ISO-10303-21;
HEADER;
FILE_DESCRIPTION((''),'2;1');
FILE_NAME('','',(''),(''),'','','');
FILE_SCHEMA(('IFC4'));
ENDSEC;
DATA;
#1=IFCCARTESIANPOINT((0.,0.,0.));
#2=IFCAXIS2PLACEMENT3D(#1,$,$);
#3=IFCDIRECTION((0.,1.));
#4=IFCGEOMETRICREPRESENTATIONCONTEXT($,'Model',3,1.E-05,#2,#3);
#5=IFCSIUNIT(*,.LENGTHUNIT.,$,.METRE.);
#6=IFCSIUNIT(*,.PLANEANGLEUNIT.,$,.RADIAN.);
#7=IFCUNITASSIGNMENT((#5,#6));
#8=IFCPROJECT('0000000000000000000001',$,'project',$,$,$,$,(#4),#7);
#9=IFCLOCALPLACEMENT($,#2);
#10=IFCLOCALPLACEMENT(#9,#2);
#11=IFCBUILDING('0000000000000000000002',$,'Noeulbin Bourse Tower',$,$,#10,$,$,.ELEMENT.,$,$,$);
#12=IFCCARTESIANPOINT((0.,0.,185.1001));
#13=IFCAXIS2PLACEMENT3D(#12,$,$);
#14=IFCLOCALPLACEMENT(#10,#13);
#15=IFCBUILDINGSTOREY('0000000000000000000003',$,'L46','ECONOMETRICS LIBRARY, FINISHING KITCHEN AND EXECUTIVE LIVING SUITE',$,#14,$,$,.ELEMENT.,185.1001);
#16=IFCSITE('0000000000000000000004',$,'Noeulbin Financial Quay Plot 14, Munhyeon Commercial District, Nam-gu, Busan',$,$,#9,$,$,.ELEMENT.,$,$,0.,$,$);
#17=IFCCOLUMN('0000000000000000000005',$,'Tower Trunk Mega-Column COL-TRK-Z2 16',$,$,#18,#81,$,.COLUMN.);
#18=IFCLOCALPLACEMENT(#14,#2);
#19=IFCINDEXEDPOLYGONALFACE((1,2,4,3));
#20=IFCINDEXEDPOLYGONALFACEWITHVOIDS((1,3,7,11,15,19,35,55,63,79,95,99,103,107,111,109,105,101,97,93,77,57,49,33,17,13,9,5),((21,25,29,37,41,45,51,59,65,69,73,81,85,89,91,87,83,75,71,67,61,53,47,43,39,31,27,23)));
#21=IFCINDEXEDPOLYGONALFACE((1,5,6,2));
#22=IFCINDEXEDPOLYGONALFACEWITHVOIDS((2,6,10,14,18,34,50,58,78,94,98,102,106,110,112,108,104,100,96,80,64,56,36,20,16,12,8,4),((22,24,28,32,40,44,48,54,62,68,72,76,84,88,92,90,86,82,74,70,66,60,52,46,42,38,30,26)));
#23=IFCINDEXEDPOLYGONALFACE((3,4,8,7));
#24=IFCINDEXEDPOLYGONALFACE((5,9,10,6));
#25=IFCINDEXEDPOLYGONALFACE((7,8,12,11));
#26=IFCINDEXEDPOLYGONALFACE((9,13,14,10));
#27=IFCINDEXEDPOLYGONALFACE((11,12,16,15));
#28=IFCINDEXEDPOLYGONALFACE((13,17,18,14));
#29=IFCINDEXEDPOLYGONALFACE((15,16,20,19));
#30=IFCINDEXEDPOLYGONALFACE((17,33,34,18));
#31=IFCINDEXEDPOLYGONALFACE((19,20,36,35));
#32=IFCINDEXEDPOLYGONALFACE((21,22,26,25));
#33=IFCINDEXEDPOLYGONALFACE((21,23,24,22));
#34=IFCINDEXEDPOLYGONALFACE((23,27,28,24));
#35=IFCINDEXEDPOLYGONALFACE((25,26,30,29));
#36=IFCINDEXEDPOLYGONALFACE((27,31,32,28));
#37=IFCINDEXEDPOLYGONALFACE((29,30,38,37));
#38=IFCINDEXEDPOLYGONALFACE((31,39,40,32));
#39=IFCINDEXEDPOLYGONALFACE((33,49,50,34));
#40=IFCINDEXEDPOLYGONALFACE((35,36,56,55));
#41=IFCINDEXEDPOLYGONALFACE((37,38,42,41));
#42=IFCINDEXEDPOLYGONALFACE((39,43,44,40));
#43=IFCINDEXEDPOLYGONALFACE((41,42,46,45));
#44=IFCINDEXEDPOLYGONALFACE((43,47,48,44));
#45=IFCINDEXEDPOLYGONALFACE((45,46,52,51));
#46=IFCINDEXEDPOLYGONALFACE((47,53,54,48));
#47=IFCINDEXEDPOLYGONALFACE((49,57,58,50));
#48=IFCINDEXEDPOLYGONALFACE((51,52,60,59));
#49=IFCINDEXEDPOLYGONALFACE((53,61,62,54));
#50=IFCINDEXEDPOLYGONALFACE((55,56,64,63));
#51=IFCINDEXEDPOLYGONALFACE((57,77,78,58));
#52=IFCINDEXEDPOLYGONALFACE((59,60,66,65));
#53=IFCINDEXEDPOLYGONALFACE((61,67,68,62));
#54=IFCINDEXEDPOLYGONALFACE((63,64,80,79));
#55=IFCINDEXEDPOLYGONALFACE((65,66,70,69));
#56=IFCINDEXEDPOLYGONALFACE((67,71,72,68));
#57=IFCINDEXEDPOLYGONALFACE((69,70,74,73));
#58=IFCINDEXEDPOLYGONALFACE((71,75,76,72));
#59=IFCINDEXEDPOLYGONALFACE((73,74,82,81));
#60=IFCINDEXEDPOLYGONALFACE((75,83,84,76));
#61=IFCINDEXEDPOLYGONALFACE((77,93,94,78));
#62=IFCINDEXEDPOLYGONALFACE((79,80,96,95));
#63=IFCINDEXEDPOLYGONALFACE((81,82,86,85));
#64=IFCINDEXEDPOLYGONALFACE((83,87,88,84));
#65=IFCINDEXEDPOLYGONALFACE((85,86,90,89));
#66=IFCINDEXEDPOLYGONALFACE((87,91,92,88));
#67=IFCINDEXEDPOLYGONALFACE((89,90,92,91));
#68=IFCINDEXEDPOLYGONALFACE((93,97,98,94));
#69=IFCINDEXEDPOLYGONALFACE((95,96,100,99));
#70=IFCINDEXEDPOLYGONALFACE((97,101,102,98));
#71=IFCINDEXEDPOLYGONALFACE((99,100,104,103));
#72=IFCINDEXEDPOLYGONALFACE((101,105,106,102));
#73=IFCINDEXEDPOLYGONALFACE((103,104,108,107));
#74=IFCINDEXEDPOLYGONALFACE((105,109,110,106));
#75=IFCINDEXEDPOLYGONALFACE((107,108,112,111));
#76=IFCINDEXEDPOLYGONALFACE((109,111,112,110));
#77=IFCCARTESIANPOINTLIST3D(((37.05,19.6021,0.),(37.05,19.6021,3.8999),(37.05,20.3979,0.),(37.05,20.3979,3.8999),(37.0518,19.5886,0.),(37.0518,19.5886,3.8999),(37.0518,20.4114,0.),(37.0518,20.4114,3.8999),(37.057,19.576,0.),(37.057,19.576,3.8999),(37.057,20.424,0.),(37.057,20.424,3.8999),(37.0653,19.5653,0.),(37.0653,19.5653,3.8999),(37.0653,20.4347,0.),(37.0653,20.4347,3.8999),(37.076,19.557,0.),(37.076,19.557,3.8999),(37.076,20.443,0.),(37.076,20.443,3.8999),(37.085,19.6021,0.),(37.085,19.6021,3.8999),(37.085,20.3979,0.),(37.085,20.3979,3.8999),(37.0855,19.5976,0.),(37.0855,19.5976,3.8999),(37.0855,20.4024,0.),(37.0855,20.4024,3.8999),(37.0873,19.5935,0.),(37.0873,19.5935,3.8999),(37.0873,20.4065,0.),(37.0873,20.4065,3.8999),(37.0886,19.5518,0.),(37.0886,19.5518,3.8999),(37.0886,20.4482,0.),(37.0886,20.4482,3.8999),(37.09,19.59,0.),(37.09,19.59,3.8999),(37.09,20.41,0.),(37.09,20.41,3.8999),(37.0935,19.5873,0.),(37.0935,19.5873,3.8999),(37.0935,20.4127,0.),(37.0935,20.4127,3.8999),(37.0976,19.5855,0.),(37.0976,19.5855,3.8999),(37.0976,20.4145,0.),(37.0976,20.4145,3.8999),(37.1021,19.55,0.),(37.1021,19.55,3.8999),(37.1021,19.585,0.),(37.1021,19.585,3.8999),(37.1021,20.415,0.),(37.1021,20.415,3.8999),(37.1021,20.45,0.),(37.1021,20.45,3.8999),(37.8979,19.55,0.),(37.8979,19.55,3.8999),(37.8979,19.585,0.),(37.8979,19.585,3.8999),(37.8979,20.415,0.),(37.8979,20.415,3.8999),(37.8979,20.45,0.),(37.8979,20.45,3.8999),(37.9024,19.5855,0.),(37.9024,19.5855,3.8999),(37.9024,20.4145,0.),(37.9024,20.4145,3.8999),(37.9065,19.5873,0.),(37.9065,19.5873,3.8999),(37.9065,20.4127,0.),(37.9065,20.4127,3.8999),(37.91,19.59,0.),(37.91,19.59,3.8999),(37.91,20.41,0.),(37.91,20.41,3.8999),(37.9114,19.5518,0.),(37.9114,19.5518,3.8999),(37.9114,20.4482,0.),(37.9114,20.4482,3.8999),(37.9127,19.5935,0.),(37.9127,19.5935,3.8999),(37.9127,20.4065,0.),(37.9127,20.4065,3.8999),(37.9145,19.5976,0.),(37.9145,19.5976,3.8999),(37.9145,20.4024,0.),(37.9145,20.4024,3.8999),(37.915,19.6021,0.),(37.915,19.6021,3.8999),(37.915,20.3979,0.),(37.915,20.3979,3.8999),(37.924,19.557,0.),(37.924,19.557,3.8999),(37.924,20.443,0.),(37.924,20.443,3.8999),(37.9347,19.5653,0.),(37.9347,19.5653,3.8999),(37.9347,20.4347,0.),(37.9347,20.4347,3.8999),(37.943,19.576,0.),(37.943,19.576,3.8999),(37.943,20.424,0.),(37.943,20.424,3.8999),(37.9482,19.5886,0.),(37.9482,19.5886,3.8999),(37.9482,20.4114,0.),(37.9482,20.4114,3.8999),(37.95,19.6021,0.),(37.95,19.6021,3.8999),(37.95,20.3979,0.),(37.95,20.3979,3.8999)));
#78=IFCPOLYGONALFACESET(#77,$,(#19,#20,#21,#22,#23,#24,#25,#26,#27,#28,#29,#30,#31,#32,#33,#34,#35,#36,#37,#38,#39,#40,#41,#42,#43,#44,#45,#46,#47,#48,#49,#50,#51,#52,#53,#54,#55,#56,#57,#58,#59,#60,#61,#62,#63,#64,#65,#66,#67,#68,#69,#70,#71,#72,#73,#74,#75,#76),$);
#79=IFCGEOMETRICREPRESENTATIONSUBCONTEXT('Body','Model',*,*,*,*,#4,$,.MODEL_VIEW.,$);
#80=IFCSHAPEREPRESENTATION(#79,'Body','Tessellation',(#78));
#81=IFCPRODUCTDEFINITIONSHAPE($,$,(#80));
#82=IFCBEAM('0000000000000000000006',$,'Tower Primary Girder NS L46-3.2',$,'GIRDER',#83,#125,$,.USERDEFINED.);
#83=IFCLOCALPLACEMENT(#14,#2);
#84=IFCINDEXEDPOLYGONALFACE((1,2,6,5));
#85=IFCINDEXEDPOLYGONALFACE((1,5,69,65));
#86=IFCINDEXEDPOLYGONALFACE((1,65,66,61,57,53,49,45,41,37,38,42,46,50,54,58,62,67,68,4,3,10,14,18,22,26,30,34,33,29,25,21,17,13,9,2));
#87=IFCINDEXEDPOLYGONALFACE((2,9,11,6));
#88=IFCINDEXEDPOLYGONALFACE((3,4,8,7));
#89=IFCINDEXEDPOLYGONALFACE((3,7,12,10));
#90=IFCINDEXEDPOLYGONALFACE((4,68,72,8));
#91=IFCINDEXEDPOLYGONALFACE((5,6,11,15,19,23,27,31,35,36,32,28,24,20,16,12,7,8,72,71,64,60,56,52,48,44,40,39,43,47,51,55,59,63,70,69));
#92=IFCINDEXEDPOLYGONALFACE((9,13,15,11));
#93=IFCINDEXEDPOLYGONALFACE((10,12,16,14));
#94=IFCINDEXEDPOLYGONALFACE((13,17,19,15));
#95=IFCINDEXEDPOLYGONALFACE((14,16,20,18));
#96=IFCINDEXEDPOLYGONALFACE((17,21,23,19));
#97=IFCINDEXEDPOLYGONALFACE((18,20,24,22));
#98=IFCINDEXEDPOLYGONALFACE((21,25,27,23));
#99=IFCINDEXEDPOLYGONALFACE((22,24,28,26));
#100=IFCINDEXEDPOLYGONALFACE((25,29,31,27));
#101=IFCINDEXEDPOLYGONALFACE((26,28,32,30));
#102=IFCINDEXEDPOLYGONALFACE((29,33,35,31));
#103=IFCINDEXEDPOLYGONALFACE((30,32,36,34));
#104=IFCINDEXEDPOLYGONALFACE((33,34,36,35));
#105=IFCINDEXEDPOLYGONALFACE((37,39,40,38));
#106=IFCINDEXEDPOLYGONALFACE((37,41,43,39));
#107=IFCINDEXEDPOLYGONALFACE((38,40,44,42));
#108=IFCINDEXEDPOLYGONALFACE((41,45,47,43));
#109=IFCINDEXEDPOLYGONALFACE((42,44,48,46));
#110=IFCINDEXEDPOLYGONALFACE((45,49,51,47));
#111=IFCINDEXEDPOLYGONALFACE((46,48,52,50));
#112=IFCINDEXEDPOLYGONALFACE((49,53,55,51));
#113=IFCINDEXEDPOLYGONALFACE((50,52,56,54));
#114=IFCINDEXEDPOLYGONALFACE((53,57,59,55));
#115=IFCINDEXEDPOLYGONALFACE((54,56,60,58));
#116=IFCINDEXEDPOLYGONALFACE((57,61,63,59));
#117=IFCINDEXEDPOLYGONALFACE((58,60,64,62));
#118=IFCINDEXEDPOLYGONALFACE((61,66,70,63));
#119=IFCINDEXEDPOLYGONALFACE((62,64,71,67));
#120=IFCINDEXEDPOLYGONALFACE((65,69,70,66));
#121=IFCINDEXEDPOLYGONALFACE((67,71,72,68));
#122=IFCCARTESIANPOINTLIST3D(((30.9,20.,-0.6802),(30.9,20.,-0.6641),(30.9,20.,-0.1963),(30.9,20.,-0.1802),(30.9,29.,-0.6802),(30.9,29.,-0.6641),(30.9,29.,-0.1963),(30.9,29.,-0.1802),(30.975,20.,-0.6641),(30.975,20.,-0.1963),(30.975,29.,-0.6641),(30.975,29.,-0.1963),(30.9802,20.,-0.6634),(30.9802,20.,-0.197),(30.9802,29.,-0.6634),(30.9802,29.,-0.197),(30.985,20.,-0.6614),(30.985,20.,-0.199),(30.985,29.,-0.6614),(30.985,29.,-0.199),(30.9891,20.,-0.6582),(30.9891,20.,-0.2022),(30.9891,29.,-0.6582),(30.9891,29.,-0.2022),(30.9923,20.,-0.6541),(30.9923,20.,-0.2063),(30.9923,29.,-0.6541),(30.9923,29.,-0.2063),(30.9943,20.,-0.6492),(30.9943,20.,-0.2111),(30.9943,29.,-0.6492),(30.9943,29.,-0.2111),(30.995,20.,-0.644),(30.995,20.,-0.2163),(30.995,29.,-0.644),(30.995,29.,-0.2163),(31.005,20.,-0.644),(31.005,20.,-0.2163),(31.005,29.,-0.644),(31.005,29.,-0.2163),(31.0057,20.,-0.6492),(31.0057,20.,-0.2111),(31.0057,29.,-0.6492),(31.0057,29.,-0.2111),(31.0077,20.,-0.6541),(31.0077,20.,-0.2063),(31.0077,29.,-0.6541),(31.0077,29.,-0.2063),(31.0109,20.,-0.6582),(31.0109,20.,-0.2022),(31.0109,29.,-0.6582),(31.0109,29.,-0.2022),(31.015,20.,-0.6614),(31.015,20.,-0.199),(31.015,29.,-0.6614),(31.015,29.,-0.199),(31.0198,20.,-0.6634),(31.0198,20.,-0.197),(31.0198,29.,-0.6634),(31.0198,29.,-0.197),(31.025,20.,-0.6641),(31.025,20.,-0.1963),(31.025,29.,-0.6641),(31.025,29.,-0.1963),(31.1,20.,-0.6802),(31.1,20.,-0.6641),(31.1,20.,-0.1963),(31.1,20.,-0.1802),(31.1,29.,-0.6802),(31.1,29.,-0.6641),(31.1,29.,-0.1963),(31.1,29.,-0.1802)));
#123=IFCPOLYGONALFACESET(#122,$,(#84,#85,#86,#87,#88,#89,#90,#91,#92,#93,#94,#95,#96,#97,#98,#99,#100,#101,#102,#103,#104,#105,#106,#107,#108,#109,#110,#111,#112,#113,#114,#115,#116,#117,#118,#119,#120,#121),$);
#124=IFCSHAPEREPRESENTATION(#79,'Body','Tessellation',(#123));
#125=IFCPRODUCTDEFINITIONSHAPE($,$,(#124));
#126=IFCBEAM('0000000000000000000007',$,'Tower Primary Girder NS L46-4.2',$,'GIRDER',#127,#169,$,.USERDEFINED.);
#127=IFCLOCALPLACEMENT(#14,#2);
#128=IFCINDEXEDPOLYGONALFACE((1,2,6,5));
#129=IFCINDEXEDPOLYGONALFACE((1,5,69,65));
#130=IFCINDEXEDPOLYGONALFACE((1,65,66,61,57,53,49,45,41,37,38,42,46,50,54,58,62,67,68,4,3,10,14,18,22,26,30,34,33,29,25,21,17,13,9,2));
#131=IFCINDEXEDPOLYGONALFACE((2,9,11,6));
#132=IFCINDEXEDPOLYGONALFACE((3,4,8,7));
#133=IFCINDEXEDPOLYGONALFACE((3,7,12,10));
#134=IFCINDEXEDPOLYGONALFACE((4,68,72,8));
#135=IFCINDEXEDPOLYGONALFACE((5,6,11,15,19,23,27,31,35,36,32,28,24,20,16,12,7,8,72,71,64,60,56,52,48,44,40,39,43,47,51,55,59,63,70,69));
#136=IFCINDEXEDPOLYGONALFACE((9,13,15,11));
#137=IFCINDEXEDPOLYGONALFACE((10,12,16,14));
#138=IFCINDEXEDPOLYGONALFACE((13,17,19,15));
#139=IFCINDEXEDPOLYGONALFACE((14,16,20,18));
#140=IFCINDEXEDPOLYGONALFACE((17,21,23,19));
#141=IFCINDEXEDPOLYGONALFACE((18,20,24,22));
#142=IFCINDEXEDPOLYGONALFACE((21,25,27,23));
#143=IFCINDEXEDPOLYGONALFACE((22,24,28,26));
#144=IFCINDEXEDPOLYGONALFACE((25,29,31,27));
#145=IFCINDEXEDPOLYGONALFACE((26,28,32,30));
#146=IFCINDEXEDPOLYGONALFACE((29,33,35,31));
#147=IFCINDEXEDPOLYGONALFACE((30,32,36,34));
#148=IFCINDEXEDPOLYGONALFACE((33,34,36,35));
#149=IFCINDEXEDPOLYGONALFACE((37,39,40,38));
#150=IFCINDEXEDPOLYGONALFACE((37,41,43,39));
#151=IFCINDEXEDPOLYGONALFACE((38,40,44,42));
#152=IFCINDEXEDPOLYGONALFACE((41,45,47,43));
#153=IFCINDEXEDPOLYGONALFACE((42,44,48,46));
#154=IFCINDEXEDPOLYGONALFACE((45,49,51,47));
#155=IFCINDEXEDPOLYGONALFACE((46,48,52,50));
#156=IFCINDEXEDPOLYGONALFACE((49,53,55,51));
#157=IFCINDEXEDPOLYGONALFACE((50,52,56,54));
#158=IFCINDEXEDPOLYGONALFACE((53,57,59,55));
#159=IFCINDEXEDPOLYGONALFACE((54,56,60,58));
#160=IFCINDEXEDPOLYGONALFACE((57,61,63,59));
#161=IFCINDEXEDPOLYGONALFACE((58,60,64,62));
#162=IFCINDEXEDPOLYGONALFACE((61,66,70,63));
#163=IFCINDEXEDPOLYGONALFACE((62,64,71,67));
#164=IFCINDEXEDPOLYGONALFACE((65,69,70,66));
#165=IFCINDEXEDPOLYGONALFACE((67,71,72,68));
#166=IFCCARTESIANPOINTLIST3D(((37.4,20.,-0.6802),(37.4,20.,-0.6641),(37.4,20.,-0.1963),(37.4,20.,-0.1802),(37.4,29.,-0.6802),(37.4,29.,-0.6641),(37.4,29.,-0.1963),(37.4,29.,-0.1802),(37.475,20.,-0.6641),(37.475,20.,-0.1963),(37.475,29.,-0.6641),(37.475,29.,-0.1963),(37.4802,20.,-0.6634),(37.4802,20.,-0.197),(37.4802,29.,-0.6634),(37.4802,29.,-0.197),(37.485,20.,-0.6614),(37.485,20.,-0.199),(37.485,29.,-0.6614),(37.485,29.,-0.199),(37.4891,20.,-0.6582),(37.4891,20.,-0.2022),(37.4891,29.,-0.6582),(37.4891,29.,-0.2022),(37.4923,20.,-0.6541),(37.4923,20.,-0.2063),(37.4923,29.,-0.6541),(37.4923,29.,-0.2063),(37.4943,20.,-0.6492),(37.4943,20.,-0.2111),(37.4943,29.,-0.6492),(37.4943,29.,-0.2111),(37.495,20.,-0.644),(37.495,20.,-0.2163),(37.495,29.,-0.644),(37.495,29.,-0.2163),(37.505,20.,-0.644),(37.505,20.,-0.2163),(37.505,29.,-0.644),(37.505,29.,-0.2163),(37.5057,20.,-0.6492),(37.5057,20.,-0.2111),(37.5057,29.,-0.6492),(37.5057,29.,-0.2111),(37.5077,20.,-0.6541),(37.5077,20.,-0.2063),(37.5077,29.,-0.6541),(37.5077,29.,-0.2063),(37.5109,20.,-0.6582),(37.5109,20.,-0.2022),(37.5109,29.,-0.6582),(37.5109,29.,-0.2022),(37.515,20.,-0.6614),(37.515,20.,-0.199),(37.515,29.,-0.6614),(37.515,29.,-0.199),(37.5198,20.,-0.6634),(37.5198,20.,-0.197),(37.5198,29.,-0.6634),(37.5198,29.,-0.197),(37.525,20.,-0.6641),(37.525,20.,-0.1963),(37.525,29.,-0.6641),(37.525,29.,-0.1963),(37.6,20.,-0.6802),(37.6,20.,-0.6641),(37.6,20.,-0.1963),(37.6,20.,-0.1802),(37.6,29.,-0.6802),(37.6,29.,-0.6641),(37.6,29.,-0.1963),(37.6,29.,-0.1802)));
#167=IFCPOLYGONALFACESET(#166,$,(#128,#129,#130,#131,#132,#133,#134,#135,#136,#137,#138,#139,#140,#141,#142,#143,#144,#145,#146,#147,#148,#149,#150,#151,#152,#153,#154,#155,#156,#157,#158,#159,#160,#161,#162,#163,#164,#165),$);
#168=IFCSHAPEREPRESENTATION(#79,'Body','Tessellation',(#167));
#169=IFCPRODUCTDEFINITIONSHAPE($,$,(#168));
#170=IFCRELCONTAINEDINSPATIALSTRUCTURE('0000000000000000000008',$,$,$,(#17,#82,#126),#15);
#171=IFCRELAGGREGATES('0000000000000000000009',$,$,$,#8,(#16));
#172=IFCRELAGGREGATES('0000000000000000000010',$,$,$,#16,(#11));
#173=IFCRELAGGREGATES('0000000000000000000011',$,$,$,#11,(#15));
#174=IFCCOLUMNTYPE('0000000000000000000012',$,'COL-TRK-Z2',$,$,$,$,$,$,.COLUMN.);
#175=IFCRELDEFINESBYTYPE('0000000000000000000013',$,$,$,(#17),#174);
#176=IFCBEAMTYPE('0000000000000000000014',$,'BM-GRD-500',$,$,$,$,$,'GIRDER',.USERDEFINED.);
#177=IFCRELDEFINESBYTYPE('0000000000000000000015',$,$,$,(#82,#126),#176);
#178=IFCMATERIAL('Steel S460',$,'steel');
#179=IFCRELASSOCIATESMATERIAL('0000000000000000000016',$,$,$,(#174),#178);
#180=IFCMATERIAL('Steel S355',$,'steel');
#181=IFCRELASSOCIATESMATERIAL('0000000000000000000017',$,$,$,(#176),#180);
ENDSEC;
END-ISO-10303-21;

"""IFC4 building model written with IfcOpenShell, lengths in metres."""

from ifc_helpers import new_model, si_unit, direction, frame, origin, origin_2d, place, context, subcontext, project, spatial, hollow_rectangle, i_section, extrude, material, material_profile, profile_set, type_object, element, save


model = new_model("IFC4")

# Units and contexts
model_context = context("Model", 3, precision=1e-05, world=origin(), true_north=direction((0.0, 1.0)))
body_context = subcontext(model_context, "Body", "Model", "MODEL_VIEW")
ifc_project = project(units=[si_unit("LENGTHUNIT", "METRE"), si_unit("PLANEANGLEUNIT", "RADIAN")], contexts=[model_context])

# Site, building, storey
site_placement = place(None, origin())
site = spatial("IfcSite", under=ifc_project, at=site_placement, Name="Noeulbin Financial Quay Plot 14, Munhyeon Commercial District, Nam-gu, Busan", CompositionType="ELEMENT", RefElevation=0.0)
building_placement = place(site_placement, origin())
building = spatial("IfcBuilding", under=site, at=building_placement, Name="Noeulbin Bourse Tower", CompositionType="ELEMENT")
storey_placement = place(building_placement, frame((0.0, 0.0, 185.1001)))
storey = spatial("IfcBuildingStorey", under=building, at=storey_placement, Name="L46", Description="ECONOMETRICS LIBRARY, FINISHING KITCHEN AND EXECUTIVE LIVING SUITE", CompositionType="ELEMENT", Elevation=185.1001)

# Column
ifc_material_1 = material(Name="Steel S460", Category="steel")
ifc_material_profile_1 = material_profile(ifc_material_1, hollow_rectangle(XDim=0.8999, YDim=0.8999, WallThickness=0.0349, InnerFilletRadius=0.0171, OuterFilletRadius=0.052, at=origin_2d()), Name="BOX-900x900x35", Category="LoadBearing")
ifc_profile_set_1 = profile_set([ifc_material_profile_1], Name="Steel S460")
column_type = type_object("IfcColumnType", Name="COL-TRK-Z2", PredefinedType="COLUMN", material=ifc_profile_set_1)
for number, where, z_axis, x_axis, name in (
    (1, (37.5, 20.0, 0.0), (0.0, 0.0, 1.0), (1.0, 0.0, 0.0), "Tower Trunk Mega-Column COL-TRK-Z2 16"),
):
    element("IfcColumn", number, at=place(storey_placement, frame(where, z_axis=z_axis, x_axis=x_axis)), inside=storey, type_object=column_type, Name=name, PredefinedType="COLUMN", context=body_context, shape_type="SweptSolid", body=[
        extrude(hollow_rectangle(XDim=0.8999, YDim=0.8999, WallThickness=0.0349, InnerFilletRadius=0.0171, OuterFilletRadius=0.052, at=origin_2d()), origin(), (0.0, 0.0, 1.0), 3.8999),
    ])

# Beams
ifc_material_2 = material(Name="Steel S355", Category="steel")
ifc_material_profile_2 = material_profile(ifc_material_2, i_section(OverallWidth=0.2, OverallDepth=0.5, WebThickness=0.01, FlangeThickness=0.0161, FilletRadius=0.02, at=origin_2d()), Name="H-500x200x10x16", Category="LoadBearing")
ifc_profile_set_2 = profile_set([ifc_material_profile_2], Name="Steel S355")
beam_type_1 = type_object("IfcBeamType", Name="BM-GRD-500", ElementType="GIRDER", PredefinedType="USERDEFINED", material=ifc_profile_set_2)
for number, where, z_axis, x_axis, name in (
    (2, (31.0, 20.0, -0.4302), (0.0, 1.0, 0.0), (-1.0, 0.0, 0.0), "Tower Primary Girder NS L46-3.2"),
    (3, (37.5, 20.0, -0.4302), (0.0, 1.0, 0.0), (-1.0, 0.0, 0.0), "Tower Primary Girder NS L46-4.2"),
):
    element("IfcBeam", number, at=place(storey_placement, frame(where, z_axis=z_axis, x_axis=x_axis)), inside=storey, type_object=beam_type_1, Name=name, ObjectType="GIRDER", PredefinedType="USERDEFINED", context=body_context, shape_type="SweptSolid", body=[
        extrude(i_section(OverallWidth=0.2, OverallDepth=0.5, WebThickness=0.01, FlangeThickness=0.0161, FilletRadius=0.02, at=origin_2d()), origin(), (0.0, 0.0, 1.0), 9.0),
    ])

save(model, "model.ifc")
